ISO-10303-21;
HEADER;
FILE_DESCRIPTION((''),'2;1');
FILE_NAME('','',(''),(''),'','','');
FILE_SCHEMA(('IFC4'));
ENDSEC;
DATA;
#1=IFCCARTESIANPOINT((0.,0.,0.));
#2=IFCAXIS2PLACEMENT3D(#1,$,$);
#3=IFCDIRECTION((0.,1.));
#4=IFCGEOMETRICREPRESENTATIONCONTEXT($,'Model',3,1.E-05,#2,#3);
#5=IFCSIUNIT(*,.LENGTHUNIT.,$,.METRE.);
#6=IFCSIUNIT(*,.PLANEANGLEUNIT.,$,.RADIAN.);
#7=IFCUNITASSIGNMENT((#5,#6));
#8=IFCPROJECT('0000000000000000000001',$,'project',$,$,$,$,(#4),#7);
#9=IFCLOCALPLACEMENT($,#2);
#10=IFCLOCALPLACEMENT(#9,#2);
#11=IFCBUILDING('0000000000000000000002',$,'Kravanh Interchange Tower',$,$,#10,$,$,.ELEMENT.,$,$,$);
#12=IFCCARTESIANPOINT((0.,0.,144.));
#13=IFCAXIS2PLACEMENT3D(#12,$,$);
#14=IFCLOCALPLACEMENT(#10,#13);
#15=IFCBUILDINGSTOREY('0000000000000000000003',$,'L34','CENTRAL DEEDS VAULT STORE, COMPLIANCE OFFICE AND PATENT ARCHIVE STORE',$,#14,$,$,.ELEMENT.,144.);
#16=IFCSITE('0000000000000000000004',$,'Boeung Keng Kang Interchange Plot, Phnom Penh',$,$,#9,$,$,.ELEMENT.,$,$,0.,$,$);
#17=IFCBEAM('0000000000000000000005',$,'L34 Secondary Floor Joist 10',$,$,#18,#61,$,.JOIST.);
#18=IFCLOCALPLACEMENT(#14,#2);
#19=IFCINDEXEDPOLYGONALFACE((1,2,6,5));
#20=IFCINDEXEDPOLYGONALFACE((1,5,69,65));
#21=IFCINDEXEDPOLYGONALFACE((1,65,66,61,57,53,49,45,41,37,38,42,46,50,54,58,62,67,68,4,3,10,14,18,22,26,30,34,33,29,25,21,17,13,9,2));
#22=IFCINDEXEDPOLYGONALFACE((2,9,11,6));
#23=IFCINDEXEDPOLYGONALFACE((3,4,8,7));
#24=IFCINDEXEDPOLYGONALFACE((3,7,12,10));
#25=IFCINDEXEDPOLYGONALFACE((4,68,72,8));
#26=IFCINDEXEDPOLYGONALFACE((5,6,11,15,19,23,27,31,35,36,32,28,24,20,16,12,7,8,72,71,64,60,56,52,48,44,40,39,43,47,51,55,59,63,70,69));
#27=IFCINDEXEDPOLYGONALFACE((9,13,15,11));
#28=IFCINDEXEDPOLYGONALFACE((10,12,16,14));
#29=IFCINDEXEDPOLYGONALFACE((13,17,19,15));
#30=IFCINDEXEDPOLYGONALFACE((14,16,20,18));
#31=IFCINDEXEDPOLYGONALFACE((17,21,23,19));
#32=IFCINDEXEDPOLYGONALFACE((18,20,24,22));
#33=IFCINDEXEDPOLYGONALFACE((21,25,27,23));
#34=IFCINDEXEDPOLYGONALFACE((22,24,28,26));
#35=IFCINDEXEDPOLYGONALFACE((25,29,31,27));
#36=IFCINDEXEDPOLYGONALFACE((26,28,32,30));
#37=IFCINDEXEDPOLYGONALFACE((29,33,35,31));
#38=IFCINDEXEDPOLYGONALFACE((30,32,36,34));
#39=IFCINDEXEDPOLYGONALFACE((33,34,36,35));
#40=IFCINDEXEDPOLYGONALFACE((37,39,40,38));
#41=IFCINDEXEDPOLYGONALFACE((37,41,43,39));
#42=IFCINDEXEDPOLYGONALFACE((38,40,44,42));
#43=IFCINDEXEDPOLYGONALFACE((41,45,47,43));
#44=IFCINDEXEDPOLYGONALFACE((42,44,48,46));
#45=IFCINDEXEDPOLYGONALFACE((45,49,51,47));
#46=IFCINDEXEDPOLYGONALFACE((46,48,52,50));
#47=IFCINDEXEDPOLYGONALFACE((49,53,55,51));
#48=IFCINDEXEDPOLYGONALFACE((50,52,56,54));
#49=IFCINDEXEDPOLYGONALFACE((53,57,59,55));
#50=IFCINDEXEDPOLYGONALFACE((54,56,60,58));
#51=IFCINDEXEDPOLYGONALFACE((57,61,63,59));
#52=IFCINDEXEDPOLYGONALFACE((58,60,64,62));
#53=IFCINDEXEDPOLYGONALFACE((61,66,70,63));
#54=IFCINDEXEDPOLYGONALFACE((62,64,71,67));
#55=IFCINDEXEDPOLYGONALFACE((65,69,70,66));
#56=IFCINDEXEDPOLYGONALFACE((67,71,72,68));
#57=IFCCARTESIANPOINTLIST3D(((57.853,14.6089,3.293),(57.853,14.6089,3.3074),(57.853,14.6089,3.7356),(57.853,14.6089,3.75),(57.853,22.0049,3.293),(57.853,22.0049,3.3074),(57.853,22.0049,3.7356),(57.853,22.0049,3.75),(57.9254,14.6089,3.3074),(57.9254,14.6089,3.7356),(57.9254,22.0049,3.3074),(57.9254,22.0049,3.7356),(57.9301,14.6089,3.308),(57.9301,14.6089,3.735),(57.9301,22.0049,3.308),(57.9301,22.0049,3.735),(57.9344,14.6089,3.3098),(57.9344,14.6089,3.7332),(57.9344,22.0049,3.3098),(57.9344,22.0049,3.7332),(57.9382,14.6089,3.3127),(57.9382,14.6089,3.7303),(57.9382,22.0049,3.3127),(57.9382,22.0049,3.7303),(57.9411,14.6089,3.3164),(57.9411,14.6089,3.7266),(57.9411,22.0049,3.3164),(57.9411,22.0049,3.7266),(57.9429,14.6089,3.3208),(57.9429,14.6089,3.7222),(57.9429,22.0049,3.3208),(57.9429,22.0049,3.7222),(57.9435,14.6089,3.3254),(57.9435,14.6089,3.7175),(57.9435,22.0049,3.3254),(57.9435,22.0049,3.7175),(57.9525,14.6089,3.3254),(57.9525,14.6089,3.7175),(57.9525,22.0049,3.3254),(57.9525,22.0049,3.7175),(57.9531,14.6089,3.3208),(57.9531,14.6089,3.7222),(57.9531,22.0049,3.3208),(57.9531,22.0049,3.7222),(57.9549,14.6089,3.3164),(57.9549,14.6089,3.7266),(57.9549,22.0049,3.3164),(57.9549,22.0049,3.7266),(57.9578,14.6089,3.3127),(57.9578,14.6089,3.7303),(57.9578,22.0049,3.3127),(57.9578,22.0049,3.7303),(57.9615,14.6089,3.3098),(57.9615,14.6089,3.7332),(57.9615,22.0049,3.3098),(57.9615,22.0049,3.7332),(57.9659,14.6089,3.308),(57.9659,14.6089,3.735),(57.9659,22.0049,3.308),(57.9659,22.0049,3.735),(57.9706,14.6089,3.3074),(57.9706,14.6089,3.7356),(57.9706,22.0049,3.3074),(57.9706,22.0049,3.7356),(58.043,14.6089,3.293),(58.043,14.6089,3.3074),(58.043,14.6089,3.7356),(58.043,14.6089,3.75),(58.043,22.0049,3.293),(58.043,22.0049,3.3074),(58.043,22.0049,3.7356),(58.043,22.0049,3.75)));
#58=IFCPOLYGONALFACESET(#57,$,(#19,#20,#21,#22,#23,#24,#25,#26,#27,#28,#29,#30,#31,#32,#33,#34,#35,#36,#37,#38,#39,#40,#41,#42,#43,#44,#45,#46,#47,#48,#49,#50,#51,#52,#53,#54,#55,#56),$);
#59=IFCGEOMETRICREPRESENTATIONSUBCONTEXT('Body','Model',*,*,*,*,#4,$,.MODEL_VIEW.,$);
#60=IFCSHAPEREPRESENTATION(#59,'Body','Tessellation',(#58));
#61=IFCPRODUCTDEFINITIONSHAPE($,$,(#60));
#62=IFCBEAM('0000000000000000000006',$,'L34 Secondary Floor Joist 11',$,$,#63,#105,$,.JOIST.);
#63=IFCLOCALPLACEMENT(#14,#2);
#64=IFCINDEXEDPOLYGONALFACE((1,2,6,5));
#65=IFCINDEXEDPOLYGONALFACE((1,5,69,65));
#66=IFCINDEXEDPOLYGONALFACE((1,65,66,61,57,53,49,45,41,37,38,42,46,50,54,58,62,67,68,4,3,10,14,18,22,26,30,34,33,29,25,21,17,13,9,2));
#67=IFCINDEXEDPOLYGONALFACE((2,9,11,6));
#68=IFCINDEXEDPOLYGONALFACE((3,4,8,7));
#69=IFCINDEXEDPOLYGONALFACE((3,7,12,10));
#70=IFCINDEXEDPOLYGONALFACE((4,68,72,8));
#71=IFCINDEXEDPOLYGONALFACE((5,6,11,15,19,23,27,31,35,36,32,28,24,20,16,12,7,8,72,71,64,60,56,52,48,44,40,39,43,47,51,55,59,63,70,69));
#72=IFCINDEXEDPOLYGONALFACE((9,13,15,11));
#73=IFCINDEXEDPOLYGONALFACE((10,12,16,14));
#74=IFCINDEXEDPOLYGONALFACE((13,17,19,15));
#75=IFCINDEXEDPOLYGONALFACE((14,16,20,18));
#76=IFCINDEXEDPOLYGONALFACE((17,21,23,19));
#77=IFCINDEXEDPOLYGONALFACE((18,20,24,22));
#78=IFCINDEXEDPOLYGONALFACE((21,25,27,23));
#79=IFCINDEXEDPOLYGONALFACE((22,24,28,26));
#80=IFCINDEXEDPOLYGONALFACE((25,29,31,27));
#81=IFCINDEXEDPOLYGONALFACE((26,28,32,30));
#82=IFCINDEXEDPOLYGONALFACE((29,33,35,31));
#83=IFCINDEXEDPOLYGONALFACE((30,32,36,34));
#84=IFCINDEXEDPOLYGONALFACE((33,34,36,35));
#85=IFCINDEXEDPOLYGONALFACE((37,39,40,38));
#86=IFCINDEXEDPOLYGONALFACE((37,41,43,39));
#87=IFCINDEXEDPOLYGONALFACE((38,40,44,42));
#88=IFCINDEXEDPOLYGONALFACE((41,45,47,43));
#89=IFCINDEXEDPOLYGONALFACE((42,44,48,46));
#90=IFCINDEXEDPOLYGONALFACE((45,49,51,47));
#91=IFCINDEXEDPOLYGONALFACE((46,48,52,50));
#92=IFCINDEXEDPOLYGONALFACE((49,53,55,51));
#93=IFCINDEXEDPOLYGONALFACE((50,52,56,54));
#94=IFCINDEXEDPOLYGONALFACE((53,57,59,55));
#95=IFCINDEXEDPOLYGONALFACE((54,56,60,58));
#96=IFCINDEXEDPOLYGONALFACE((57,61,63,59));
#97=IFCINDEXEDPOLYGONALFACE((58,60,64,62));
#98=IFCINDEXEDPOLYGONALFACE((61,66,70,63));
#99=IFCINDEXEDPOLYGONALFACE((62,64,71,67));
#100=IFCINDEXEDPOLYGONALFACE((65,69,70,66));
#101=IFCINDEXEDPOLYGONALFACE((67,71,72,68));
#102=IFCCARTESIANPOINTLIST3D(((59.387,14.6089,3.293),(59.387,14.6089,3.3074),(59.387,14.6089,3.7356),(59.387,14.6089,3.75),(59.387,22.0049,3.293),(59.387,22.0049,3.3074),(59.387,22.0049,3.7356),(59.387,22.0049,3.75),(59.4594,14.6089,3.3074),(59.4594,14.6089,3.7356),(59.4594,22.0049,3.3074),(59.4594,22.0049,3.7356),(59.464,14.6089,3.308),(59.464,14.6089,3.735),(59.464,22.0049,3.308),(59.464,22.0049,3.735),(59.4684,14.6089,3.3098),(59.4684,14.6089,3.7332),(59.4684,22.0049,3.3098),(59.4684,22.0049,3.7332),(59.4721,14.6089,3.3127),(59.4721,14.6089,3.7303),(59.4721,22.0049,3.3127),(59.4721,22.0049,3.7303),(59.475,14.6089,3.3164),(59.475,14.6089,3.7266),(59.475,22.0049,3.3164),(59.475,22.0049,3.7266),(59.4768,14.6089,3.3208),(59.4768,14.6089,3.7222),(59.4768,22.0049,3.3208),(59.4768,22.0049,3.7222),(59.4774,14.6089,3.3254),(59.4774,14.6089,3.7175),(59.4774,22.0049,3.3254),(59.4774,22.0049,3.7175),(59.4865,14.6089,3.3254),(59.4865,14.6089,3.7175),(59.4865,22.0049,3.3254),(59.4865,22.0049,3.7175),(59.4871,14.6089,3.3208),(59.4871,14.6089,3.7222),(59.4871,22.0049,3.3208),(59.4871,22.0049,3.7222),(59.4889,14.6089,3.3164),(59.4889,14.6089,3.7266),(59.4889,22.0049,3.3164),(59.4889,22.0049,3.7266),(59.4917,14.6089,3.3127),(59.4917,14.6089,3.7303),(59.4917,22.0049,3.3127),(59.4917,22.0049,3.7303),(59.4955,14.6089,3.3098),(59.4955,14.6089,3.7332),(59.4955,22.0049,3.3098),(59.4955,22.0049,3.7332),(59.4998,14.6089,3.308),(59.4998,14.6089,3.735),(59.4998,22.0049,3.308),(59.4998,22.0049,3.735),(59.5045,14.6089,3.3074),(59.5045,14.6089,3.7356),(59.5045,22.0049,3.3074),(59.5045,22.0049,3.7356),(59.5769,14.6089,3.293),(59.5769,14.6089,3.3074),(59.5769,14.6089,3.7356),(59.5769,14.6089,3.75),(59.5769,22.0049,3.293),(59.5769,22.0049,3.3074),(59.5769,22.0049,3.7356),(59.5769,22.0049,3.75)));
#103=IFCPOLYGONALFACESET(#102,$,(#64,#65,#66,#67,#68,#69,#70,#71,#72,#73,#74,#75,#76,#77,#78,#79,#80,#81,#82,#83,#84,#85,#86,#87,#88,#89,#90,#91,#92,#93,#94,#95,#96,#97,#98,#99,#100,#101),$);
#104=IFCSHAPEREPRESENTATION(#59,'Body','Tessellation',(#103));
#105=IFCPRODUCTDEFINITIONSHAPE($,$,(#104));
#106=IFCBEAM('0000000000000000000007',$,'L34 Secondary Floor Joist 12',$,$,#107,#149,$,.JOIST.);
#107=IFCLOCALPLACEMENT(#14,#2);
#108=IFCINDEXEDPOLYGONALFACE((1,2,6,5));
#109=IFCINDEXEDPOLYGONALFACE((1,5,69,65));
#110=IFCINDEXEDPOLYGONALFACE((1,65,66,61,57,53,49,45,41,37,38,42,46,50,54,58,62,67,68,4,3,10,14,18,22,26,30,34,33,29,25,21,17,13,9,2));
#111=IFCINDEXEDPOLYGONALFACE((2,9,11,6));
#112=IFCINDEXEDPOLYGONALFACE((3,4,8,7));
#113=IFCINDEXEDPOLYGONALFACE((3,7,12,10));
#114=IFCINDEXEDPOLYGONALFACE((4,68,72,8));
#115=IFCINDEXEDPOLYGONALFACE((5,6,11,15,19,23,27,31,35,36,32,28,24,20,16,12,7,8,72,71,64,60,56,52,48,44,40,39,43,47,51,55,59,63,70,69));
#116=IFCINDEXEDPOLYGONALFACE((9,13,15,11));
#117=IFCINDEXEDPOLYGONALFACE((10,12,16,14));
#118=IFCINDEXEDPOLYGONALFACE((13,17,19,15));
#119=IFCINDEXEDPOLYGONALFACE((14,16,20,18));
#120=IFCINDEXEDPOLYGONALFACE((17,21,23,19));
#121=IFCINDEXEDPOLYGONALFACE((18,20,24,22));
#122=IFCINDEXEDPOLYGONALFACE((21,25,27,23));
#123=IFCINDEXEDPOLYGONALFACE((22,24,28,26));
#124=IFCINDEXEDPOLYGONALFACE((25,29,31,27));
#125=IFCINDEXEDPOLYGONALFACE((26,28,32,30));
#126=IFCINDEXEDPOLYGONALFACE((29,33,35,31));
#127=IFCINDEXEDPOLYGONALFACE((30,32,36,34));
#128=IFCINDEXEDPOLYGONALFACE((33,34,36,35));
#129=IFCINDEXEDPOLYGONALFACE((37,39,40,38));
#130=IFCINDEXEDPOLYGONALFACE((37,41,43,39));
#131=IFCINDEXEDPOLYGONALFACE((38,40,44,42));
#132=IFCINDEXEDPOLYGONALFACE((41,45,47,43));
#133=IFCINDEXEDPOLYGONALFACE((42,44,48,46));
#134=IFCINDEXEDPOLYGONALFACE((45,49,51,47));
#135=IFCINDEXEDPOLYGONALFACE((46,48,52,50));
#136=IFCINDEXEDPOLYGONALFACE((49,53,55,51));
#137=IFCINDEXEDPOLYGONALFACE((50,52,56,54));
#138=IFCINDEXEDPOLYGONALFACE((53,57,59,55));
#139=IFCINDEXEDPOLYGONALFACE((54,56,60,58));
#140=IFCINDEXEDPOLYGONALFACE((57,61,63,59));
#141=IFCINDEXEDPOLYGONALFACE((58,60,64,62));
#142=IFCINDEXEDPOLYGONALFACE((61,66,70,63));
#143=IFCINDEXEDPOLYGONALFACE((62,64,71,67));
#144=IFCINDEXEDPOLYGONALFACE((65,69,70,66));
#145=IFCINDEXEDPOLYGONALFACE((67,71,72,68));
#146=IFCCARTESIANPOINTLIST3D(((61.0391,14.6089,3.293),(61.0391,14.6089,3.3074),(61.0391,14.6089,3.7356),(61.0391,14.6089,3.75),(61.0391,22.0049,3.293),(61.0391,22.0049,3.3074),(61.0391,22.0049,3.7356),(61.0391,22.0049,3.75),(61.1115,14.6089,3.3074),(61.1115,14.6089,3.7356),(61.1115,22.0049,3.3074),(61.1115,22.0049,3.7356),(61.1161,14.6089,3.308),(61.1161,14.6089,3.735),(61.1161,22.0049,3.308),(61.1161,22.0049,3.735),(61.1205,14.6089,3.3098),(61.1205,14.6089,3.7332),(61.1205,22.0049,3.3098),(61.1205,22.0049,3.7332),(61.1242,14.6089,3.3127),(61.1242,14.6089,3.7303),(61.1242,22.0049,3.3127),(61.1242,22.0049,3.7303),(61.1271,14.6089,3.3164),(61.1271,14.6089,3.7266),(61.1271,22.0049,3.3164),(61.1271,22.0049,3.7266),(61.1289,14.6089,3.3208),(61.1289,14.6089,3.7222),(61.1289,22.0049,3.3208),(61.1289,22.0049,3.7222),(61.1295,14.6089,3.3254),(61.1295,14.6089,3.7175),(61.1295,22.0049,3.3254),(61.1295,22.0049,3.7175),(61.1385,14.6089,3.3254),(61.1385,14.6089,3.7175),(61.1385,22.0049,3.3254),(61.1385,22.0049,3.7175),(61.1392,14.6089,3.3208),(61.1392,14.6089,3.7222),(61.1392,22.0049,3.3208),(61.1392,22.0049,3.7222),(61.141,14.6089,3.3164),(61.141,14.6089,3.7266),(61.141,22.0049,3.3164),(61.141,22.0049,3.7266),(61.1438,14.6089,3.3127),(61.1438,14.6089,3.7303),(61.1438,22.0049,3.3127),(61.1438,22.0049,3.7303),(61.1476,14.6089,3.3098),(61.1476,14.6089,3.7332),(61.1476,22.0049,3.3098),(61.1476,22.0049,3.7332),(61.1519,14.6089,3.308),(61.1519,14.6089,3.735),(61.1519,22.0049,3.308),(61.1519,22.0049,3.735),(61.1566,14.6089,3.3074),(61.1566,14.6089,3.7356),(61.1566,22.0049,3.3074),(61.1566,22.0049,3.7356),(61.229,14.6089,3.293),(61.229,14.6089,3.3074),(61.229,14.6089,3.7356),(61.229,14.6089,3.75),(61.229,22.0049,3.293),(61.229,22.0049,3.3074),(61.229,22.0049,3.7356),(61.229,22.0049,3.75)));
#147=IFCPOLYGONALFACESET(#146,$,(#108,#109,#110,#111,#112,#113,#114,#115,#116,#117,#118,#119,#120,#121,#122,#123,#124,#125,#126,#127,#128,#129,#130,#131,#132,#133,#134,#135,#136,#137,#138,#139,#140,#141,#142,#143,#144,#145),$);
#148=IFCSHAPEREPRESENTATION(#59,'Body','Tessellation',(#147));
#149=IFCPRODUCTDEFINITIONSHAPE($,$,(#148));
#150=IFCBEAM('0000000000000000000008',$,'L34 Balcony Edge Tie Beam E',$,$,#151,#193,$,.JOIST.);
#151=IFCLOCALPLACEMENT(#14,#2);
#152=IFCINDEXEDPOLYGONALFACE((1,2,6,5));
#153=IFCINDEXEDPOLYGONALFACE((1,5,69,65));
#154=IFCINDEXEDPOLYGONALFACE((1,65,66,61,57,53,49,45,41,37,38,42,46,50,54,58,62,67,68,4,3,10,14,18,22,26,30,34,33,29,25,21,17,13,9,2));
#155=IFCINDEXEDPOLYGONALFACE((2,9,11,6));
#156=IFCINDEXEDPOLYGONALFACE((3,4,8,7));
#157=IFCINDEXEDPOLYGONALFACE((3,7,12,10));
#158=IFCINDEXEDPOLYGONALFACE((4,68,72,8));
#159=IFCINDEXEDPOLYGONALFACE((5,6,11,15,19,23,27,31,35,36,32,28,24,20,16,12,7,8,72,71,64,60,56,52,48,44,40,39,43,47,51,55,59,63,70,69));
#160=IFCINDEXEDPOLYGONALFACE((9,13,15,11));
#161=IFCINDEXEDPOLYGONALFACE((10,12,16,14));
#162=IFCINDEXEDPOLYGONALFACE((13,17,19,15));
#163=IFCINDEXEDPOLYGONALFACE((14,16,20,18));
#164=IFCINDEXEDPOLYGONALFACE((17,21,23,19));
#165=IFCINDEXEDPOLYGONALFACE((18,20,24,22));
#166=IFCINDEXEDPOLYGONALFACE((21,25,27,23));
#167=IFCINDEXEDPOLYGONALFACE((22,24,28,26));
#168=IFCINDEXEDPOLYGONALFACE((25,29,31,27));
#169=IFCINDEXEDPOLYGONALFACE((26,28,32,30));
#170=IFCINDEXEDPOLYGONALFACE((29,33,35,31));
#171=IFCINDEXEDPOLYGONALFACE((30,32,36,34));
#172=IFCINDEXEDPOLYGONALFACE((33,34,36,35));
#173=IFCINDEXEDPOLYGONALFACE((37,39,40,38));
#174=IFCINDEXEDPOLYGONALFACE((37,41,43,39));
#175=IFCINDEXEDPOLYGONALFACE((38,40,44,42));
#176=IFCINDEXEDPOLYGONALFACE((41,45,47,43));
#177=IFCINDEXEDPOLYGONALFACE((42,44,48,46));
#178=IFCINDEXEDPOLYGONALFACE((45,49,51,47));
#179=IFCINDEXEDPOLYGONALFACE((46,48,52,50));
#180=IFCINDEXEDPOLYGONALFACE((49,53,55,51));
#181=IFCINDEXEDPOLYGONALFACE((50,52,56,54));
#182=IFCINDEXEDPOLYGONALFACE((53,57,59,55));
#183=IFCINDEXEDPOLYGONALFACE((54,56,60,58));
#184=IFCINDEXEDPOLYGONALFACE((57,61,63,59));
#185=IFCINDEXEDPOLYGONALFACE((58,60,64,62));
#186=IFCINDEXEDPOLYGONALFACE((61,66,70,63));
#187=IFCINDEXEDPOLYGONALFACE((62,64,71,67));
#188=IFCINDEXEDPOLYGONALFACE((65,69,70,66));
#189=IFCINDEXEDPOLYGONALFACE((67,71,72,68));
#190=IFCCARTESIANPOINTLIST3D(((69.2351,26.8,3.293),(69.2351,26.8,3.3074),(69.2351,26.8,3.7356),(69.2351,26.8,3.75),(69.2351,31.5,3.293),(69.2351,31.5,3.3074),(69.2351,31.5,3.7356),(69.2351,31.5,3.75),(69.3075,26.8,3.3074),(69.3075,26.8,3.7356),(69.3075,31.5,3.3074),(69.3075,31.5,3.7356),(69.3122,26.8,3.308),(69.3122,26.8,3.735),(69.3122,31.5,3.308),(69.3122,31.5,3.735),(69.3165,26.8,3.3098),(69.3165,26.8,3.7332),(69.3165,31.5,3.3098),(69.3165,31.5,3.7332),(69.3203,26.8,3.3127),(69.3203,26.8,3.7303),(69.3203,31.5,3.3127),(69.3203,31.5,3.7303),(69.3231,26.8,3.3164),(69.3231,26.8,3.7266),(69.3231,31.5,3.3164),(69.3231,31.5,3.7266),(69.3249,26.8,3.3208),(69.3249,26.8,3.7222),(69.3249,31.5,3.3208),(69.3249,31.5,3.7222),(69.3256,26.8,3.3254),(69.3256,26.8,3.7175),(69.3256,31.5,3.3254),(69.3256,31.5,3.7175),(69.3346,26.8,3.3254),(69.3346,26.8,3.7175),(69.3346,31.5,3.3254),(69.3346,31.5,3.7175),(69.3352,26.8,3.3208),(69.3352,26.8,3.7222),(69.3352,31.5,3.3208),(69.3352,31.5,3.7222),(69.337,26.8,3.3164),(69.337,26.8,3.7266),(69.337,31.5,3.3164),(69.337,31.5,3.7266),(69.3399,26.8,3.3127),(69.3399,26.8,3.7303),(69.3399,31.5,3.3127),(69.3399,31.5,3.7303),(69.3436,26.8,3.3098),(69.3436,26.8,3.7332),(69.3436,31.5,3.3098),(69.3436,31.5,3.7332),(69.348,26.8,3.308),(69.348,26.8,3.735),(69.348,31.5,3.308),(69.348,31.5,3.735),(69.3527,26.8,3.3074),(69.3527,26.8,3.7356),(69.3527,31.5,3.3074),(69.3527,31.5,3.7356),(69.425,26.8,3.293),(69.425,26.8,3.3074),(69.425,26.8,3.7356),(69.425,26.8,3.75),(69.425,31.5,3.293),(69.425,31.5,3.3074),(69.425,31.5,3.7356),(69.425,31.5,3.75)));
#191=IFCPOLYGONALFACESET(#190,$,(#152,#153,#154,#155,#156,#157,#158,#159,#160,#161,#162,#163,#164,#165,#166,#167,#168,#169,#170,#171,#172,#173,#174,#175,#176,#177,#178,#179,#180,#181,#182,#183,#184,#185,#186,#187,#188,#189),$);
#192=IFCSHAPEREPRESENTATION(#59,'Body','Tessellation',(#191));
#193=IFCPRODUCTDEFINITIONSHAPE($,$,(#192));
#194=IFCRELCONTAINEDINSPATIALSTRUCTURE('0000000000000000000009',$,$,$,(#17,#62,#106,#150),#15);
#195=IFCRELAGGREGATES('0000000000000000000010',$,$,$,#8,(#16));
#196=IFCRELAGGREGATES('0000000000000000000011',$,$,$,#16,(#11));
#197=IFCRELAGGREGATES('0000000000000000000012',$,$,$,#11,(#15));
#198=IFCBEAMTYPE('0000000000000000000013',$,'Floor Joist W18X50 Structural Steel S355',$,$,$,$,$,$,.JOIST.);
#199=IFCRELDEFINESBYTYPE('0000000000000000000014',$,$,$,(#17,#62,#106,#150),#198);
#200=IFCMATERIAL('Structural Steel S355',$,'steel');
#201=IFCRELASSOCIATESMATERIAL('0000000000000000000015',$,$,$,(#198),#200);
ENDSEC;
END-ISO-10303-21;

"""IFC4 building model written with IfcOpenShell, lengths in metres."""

from ifc_helpers import new_model, si_unit, direction, frame, origin, origin_2d, place, context, subcontext, project, spatial, i_section, extrude, material, material_profile, profile_set, type_object, element, save


model = new_model("IFC4")

# Units and contexts
model_context = context("Model", 3, precision=1e-05, world=origin(), true_north=direction((0.0, 1.0)))
body_context = subcontext(model_context, "Body", "Model", "MODEL_VIEW")
ifc_project = project(units=[si_unit("LENGTHUNIT", "METRE"), si_unit("PLANEANGLEUNIT", "RADIAN")], contexts=[model_context])

# Site, building, storey
site_placement = place(None, origin())
site = spatial("IfcSite", under=ifc_project, at=site_placement, Name="Boeung Keng Kang Interchange Plot, Phnom Penh", CompositionType="ELEMENT", RefElevation=0.0)
building_placement = place(site_placement, origin())
building = spatial("IfcBuilding", under=site, at=building_placement, Name="Kravanh Interchange Tower", CompositionType="ELEMENT")
storey_placement = place(building_placement, frame((0.0, 0.0, 144.0)))
storey = spatial("IfcBuildingStorey", under=building, at=storey_placement, Name="L34", Description="CENTRAL DEEDS VAULT STORE, COMPLIANCE OFFICE AND PATENT ARCHIVE STORE", CompositionType="ELEMENT", Elevation=144.0)

# Beams
ifc_material_1 = material(Name="Structural Steel S355", Category="steel")
ifc_material_profile_1 = material_profile(ifc_material_1, i_section(OverallWidth=0.1899, OverallDepth=0.457, WebThickness=0.009, FlangeThickness=0.0144, FilletRadius=0.0181, at=origin_2d()), Name="W18X50")
ifc_profile_set_1 = profile_set([ifc_material_profile_1], Name="Structural Steel S355")
beam_type_1 = type_object("IfcBeamType", Name="Floor Joist W18X50 Structural Steel S355", PredefinedType="JOIST", material=ifc_profile_set_1)
for number, where, z_axis, x_axis, name in (
    (1, (57.948, 14.6089, 3.5215), (0.0, 1.0, 0.0), (-1.0, 0.0, 0.0), "L34 Secondary Floor Joist 10"),
    (2, (59.4819, 14.6089, 3.5215), (0.0, 1.0, 0.0), (-1.0, 0.0, 0.0), "L34 Secondary Floor Joist 11"),
    (3, (61.134, 14.6089, 3.5215), (0.0, 1.0, 0.0), (-1.0, 0.0, 0.0), "L34 Secondary Floor Joist 12"),
):
    element("IfcBeam", number, at=place(storey_placement, frame(where, z_axis=z_axis, x_axis=x_axis)), inside=storey, type_object=beam_type_1, Name=name, PredefinedType="JOIST", context=body_context, shape_type="SweptSolid", body=[
        extrude(i_section(OverallWidth=0.1899, OverallDepth=0.457, WebThickness=0.009, FlangeThickness=0.0144, FilletRadius=0.0181, at=origin_2d()), origin(), (0.0, 0.0, 1.0), 7.396),
    ])
beam_1_placement = place(storey_placement, frame((69.3301, 26.8, 3.5215), z_axis=(0.0, 1.0, 0.0), x_axis=(-1.0, 0.0, 0.0)))
element("IfcBeam", 4, at=beam_1_placement, inside=storey, type_object=beam_type_1, Name="L34 Balcony Edge Tie Beam E", PredefinedType="JOIST", context=body_context, shape_type="SweptSolid", body=[
    extrude(i_section(OverallWidth=0.1899, OverallDepth=0.457, WebThickness=0.009, FlangeThickness=0.0144, FilletRadius=0.0181, at=origin_2d()), origin(), (0.0, 0.0, 1.0), 4.7),
])

save(model, "model.ifc")
